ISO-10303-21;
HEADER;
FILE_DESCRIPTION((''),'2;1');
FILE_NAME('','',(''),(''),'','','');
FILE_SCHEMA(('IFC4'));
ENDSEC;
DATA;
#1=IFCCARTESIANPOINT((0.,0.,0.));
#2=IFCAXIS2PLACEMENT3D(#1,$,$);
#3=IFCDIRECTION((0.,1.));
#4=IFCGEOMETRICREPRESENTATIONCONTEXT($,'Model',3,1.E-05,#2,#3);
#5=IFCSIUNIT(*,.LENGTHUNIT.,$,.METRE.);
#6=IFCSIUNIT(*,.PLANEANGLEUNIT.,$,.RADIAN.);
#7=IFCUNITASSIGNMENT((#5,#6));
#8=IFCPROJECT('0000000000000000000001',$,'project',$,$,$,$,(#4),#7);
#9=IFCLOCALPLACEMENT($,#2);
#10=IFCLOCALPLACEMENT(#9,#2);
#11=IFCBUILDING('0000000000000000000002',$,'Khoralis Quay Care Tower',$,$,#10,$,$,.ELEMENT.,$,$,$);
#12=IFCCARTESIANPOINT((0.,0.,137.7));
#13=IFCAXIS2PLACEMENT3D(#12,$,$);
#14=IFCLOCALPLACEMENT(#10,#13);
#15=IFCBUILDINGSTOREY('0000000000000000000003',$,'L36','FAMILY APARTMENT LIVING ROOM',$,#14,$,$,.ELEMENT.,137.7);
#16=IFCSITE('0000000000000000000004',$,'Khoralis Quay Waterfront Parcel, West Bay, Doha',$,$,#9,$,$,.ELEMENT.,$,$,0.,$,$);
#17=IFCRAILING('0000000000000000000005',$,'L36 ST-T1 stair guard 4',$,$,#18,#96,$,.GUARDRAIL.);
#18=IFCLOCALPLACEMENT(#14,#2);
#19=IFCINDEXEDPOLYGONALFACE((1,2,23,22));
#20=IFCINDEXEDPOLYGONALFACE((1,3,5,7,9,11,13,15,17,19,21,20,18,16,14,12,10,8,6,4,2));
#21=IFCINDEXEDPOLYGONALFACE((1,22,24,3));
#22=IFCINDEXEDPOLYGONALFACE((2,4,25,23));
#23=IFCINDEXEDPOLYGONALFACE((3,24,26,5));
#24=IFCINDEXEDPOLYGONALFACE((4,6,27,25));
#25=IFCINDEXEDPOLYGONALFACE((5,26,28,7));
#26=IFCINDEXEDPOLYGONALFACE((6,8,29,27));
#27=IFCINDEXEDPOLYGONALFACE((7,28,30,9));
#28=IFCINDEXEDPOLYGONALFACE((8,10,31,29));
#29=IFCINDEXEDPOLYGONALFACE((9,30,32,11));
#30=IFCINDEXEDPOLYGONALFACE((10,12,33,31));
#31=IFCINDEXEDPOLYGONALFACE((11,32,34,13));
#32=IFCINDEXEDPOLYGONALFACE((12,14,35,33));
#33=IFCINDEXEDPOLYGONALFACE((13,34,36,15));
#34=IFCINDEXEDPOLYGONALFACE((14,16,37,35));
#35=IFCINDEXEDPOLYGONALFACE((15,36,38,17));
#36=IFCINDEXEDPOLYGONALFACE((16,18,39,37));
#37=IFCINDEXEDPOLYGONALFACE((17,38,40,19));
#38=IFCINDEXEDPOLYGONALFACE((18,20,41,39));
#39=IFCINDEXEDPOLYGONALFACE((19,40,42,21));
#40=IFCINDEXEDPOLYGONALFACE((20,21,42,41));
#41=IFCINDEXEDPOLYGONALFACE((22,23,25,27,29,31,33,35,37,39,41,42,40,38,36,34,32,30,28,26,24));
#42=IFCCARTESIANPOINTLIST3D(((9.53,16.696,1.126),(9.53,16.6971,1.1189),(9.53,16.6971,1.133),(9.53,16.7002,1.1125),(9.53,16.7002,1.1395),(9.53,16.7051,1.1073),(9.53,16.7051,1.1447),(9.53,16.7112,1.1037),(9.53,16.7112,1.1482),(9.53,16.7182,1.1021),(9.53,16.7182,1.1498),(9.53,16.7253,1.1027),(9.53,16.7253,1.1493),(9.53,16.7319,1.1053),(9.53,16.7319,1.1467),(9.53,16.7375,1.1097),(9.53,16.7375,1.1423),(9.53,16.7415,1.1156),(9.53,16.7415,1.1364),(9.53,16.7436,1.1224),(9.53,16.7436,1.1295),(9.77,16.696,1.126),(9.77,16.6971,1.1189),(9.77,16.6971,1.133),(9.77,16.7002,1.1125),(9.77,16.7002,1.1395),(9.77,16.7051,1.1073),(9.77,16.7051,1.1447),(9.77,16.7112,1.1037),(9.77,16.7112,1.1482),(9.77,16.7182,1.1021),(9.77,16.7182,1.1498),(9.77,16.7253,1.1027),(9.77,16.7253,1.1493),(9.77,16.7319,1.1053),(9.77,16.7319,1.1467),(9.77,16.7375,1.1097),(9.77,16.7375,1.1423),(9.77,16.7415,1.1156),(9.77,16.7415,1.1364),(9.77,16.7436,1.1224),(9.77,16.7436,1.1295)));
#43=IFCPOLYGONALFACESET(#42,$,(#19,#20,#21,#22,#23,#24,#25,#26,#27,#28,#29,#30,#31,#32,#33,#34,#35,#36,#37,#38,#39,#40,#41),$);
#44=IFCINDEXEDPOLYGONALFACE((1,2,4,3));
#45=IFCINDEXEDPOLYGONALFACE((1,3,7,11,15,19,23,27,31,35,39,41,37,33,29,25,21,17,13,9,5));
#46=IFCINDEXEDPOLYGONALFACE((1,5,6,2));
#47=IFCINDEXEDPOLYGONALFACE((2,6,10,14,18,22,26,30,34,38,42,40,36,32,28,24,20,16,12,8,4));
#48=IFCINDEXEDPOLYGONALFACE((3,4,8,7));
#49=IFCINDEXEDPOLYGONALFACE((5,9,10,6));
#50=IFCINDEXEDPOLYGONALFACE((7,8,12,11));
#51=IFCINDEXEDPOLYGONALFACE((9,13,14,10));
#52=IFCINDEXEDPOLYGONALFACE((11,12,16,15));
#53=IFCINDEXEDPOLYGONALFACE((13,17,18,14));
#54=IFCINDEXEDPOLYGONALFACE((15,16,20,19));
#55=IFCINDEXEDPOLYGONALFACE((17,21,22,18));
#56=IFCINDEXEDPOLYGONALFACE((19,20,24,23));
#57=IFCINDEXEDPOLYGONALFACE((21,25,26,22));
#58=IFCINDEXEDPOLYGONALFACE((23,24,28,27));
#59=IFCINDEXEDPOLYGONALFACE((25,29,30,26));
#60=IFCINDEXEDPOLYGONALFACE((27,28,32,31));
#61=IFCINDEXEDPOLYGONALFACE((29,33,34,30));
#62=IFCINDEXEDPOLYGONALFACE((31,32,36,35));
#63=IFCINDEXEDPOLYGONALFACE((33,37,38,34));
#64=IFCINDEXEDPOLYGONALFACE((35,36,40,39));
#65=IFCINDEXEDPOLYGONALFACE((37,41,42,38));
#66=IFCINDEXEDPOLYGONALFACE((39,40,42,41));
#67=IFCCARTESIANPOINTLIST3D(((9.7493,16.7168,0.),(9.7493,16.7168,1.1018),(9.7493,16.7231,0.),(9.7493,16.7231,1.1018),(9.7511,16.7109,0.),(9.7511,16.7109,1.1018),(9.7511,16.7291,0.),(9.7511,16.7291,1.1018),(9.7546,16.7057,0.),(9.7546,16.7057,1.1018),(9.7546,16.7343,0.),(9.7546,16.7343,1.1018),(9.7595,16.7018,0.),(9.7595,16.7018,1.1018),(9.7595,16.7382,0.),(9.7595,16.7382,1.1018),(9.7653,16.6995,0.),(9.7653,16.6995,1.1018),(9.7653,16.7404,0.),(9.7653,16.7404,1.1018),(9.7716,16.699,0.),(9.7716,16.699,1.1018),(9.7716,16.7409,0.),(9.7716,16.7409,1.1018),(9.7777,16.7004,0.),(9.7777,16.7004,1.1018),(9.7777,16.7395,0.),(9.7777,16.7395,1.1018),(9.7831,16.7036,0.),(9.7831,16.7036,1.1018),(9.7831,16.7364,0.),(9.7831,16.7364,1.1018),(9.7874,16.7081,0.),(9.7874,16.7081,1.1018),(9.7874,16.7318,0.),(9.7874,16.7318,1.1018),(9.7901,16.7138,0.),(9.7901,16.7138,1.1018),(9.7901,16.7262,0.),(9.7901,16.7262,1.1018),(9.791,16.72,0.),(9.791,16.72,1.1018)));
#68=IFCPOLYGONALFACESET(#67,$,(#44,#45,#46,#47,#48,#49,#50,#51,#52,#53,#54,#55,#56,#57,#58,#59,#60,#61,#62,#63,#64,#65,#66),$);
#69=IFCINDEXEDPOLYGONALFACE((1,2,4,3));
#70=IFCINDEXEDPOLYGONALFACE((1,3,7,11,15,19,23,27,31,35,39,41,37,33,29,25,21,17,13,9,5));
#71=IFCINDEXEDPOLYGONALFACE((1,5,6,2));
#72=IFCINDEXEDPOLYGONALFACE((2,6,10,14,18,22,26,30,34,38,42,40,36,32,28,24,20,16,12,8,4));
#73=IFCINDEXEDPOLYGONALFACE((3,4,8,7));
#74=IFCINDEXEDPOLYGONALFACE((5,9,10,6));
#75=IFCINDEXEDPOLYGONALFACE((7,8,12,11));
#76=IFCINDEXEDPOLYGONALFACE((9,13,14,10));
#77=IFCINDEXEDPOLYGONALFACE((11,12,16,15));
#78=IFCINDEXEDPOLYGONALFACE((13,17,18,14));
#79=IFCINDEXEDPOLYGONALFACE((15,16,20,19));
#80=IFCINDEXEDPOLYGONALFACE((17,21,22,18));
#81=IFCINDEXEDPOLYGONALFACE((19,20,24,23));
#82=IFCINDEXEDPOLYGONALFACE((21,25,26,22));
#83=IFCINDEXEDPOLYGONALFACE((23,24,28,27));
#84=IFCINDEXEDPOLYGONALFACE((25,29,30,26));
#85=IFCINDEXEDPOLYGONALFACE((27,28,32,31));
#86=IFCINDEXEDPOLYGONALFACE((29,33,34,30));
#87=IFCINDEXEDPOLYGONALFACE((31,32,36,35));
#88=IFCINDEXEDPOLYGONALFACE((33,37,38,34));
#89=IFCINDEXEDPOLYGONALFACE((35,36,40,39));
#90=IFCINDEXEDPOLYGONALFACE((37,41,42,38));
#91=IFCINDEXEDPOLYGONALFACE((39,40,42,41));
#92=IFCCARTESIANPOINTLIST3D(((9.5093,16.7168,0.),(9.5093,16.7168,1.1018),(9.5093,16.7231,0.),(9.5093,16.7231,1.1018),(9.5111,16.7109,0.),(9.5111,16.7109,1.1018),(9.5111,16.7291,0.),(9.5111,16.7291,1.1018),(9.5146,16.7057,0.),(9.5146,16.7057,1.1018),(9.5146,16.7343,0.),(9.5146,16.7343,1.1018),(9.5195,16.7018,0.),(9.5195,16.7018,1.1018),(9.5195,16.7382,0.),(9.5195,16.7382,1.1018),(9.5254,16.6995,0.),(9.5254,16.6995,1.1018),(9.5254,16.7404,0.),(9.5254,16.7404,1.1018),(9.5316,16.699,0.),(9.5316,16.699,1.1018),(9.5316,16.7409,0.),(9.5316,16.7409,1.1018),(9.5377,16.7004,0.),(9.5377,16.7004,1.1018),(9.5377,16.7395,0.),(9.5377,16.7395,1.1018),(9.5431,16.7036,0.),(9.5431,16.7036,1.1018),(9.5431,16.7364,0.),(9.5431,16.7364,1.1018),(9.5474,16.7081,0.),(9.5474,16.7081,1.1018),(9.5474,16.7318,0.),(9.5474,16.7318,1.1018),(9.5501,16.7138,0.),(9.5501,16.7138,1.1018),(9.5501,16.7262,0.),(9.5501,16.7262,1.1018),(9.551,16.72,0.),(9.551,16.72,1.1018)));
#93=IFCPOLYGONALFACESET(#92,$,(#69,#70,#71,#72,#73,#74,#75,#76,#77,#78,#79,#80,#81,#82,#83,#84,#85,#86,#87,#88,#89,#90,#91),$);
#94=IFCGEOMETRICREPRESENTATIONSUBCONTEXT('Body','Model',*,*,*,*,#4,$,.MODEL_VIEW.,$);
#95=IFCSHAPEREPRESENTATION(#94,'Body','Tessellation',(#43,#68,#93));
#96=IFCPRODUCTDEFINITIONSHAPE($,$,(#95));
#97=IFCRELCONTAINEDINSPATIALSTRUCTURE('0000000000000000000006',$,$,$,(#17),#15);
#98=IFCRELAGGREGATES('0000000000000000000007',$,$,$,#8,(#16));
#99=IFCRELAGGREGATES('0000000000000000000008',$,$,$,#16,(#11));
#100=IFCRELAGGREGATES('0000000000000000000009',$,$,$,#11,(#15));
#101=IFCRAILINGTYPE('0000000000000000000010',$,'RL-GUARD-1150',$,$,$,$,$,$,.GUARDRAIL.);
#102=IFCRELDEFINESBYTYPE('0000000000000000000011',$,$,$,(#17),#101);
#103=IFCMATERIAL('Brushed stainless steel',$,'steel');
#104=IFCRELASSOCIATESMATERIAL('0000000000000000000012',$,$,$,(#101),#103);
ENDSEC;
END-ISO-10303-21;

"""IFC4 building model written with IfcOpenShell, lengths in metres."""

from ifc_helpers import new_model, si_unit, direction, frame, origin, origin_2d, place, context, subcontext, project, spatial, circle, extrude, material, type_object, element, save


model = new_model("IFC4")

# Units and contexts
model_context = context("Model", 3, precision=1e-05, world=origin(), true_north=direction((0.0, 1.0)))
body_context = subcontext(model_context, "Body", "Model", "MODEL_VIEW")
ifc_project = project(units=[si_unit("LENGTHUNIT", "METRE"), si_unit("PLANEANGLEUNIT", "RADIAN")], contexts=[model_context])

# Site, building, storey
site_placement = place(None, origin())
site = spatial("IfcSite", under=ifc_project, at=site_placement, Name="Khoralis Quay Waterfront Parcel, West Bay, Doha", CompositionType="ELEMENT", RefElevation=0.0)
building_placement = place(site_placement, origin())
building = spatial("IfcBuilding", under=site, at=building_placement, Name="Khoralis Quay Care Tower", CompositionType="ELEMENT")
storey_placement = place(building_placement, frame((0.0, 0.0, 137.7)))
storey = spatial("IfcBuildingStorey", under=building, at=storey_placement, Name="L36", Description="FAMILY APARTMENT LIVING ROOM", CompositionType="ELEMENT", Elevation=137.7)

# Shared definitions
ifc_material_1 = material(Name="Brushed stainless steel", Category="steel")

# Railing
railing_type_1 = type_object("IfcRailingType", Name="RL-GUARD-1150", PredefinedType="GUARDRAIL", material=ifc_material_1)
railing_1_placement = place(storey_placement, frame((9.77, 16.72, 0.0)))
element("IfcRailing", 1, at=railing_1_placement, inside=storey, type_object=railing_type_1, Name="L36 ST-T1 stair guard 4", PredefinedType="GUARDRAIL", context=body_context, shape_type="SweptSolid", body=[
    extrude(circle(Radius=0.0239, at=origin_2d()), frame((0.0, 0.0, 1.126), z_axis=(-1.0, 0.0, 0.0), x_axis=(0.0, -1.0, 0.0)), (0.0, 0.0, 1.0), 0.24),
    extrude(circle(Radius=0.021, at=origin_2d()), origin(), (0.0, 0.0, 1.0), 1.1018),
    extrude(circle(Radius=0.021, at=origin_2d()), frame((-0.24, 0.0, 0.0)), (0.0, 0.0, 1.0), 1.1018),
])

save(model, "model.ifc")
